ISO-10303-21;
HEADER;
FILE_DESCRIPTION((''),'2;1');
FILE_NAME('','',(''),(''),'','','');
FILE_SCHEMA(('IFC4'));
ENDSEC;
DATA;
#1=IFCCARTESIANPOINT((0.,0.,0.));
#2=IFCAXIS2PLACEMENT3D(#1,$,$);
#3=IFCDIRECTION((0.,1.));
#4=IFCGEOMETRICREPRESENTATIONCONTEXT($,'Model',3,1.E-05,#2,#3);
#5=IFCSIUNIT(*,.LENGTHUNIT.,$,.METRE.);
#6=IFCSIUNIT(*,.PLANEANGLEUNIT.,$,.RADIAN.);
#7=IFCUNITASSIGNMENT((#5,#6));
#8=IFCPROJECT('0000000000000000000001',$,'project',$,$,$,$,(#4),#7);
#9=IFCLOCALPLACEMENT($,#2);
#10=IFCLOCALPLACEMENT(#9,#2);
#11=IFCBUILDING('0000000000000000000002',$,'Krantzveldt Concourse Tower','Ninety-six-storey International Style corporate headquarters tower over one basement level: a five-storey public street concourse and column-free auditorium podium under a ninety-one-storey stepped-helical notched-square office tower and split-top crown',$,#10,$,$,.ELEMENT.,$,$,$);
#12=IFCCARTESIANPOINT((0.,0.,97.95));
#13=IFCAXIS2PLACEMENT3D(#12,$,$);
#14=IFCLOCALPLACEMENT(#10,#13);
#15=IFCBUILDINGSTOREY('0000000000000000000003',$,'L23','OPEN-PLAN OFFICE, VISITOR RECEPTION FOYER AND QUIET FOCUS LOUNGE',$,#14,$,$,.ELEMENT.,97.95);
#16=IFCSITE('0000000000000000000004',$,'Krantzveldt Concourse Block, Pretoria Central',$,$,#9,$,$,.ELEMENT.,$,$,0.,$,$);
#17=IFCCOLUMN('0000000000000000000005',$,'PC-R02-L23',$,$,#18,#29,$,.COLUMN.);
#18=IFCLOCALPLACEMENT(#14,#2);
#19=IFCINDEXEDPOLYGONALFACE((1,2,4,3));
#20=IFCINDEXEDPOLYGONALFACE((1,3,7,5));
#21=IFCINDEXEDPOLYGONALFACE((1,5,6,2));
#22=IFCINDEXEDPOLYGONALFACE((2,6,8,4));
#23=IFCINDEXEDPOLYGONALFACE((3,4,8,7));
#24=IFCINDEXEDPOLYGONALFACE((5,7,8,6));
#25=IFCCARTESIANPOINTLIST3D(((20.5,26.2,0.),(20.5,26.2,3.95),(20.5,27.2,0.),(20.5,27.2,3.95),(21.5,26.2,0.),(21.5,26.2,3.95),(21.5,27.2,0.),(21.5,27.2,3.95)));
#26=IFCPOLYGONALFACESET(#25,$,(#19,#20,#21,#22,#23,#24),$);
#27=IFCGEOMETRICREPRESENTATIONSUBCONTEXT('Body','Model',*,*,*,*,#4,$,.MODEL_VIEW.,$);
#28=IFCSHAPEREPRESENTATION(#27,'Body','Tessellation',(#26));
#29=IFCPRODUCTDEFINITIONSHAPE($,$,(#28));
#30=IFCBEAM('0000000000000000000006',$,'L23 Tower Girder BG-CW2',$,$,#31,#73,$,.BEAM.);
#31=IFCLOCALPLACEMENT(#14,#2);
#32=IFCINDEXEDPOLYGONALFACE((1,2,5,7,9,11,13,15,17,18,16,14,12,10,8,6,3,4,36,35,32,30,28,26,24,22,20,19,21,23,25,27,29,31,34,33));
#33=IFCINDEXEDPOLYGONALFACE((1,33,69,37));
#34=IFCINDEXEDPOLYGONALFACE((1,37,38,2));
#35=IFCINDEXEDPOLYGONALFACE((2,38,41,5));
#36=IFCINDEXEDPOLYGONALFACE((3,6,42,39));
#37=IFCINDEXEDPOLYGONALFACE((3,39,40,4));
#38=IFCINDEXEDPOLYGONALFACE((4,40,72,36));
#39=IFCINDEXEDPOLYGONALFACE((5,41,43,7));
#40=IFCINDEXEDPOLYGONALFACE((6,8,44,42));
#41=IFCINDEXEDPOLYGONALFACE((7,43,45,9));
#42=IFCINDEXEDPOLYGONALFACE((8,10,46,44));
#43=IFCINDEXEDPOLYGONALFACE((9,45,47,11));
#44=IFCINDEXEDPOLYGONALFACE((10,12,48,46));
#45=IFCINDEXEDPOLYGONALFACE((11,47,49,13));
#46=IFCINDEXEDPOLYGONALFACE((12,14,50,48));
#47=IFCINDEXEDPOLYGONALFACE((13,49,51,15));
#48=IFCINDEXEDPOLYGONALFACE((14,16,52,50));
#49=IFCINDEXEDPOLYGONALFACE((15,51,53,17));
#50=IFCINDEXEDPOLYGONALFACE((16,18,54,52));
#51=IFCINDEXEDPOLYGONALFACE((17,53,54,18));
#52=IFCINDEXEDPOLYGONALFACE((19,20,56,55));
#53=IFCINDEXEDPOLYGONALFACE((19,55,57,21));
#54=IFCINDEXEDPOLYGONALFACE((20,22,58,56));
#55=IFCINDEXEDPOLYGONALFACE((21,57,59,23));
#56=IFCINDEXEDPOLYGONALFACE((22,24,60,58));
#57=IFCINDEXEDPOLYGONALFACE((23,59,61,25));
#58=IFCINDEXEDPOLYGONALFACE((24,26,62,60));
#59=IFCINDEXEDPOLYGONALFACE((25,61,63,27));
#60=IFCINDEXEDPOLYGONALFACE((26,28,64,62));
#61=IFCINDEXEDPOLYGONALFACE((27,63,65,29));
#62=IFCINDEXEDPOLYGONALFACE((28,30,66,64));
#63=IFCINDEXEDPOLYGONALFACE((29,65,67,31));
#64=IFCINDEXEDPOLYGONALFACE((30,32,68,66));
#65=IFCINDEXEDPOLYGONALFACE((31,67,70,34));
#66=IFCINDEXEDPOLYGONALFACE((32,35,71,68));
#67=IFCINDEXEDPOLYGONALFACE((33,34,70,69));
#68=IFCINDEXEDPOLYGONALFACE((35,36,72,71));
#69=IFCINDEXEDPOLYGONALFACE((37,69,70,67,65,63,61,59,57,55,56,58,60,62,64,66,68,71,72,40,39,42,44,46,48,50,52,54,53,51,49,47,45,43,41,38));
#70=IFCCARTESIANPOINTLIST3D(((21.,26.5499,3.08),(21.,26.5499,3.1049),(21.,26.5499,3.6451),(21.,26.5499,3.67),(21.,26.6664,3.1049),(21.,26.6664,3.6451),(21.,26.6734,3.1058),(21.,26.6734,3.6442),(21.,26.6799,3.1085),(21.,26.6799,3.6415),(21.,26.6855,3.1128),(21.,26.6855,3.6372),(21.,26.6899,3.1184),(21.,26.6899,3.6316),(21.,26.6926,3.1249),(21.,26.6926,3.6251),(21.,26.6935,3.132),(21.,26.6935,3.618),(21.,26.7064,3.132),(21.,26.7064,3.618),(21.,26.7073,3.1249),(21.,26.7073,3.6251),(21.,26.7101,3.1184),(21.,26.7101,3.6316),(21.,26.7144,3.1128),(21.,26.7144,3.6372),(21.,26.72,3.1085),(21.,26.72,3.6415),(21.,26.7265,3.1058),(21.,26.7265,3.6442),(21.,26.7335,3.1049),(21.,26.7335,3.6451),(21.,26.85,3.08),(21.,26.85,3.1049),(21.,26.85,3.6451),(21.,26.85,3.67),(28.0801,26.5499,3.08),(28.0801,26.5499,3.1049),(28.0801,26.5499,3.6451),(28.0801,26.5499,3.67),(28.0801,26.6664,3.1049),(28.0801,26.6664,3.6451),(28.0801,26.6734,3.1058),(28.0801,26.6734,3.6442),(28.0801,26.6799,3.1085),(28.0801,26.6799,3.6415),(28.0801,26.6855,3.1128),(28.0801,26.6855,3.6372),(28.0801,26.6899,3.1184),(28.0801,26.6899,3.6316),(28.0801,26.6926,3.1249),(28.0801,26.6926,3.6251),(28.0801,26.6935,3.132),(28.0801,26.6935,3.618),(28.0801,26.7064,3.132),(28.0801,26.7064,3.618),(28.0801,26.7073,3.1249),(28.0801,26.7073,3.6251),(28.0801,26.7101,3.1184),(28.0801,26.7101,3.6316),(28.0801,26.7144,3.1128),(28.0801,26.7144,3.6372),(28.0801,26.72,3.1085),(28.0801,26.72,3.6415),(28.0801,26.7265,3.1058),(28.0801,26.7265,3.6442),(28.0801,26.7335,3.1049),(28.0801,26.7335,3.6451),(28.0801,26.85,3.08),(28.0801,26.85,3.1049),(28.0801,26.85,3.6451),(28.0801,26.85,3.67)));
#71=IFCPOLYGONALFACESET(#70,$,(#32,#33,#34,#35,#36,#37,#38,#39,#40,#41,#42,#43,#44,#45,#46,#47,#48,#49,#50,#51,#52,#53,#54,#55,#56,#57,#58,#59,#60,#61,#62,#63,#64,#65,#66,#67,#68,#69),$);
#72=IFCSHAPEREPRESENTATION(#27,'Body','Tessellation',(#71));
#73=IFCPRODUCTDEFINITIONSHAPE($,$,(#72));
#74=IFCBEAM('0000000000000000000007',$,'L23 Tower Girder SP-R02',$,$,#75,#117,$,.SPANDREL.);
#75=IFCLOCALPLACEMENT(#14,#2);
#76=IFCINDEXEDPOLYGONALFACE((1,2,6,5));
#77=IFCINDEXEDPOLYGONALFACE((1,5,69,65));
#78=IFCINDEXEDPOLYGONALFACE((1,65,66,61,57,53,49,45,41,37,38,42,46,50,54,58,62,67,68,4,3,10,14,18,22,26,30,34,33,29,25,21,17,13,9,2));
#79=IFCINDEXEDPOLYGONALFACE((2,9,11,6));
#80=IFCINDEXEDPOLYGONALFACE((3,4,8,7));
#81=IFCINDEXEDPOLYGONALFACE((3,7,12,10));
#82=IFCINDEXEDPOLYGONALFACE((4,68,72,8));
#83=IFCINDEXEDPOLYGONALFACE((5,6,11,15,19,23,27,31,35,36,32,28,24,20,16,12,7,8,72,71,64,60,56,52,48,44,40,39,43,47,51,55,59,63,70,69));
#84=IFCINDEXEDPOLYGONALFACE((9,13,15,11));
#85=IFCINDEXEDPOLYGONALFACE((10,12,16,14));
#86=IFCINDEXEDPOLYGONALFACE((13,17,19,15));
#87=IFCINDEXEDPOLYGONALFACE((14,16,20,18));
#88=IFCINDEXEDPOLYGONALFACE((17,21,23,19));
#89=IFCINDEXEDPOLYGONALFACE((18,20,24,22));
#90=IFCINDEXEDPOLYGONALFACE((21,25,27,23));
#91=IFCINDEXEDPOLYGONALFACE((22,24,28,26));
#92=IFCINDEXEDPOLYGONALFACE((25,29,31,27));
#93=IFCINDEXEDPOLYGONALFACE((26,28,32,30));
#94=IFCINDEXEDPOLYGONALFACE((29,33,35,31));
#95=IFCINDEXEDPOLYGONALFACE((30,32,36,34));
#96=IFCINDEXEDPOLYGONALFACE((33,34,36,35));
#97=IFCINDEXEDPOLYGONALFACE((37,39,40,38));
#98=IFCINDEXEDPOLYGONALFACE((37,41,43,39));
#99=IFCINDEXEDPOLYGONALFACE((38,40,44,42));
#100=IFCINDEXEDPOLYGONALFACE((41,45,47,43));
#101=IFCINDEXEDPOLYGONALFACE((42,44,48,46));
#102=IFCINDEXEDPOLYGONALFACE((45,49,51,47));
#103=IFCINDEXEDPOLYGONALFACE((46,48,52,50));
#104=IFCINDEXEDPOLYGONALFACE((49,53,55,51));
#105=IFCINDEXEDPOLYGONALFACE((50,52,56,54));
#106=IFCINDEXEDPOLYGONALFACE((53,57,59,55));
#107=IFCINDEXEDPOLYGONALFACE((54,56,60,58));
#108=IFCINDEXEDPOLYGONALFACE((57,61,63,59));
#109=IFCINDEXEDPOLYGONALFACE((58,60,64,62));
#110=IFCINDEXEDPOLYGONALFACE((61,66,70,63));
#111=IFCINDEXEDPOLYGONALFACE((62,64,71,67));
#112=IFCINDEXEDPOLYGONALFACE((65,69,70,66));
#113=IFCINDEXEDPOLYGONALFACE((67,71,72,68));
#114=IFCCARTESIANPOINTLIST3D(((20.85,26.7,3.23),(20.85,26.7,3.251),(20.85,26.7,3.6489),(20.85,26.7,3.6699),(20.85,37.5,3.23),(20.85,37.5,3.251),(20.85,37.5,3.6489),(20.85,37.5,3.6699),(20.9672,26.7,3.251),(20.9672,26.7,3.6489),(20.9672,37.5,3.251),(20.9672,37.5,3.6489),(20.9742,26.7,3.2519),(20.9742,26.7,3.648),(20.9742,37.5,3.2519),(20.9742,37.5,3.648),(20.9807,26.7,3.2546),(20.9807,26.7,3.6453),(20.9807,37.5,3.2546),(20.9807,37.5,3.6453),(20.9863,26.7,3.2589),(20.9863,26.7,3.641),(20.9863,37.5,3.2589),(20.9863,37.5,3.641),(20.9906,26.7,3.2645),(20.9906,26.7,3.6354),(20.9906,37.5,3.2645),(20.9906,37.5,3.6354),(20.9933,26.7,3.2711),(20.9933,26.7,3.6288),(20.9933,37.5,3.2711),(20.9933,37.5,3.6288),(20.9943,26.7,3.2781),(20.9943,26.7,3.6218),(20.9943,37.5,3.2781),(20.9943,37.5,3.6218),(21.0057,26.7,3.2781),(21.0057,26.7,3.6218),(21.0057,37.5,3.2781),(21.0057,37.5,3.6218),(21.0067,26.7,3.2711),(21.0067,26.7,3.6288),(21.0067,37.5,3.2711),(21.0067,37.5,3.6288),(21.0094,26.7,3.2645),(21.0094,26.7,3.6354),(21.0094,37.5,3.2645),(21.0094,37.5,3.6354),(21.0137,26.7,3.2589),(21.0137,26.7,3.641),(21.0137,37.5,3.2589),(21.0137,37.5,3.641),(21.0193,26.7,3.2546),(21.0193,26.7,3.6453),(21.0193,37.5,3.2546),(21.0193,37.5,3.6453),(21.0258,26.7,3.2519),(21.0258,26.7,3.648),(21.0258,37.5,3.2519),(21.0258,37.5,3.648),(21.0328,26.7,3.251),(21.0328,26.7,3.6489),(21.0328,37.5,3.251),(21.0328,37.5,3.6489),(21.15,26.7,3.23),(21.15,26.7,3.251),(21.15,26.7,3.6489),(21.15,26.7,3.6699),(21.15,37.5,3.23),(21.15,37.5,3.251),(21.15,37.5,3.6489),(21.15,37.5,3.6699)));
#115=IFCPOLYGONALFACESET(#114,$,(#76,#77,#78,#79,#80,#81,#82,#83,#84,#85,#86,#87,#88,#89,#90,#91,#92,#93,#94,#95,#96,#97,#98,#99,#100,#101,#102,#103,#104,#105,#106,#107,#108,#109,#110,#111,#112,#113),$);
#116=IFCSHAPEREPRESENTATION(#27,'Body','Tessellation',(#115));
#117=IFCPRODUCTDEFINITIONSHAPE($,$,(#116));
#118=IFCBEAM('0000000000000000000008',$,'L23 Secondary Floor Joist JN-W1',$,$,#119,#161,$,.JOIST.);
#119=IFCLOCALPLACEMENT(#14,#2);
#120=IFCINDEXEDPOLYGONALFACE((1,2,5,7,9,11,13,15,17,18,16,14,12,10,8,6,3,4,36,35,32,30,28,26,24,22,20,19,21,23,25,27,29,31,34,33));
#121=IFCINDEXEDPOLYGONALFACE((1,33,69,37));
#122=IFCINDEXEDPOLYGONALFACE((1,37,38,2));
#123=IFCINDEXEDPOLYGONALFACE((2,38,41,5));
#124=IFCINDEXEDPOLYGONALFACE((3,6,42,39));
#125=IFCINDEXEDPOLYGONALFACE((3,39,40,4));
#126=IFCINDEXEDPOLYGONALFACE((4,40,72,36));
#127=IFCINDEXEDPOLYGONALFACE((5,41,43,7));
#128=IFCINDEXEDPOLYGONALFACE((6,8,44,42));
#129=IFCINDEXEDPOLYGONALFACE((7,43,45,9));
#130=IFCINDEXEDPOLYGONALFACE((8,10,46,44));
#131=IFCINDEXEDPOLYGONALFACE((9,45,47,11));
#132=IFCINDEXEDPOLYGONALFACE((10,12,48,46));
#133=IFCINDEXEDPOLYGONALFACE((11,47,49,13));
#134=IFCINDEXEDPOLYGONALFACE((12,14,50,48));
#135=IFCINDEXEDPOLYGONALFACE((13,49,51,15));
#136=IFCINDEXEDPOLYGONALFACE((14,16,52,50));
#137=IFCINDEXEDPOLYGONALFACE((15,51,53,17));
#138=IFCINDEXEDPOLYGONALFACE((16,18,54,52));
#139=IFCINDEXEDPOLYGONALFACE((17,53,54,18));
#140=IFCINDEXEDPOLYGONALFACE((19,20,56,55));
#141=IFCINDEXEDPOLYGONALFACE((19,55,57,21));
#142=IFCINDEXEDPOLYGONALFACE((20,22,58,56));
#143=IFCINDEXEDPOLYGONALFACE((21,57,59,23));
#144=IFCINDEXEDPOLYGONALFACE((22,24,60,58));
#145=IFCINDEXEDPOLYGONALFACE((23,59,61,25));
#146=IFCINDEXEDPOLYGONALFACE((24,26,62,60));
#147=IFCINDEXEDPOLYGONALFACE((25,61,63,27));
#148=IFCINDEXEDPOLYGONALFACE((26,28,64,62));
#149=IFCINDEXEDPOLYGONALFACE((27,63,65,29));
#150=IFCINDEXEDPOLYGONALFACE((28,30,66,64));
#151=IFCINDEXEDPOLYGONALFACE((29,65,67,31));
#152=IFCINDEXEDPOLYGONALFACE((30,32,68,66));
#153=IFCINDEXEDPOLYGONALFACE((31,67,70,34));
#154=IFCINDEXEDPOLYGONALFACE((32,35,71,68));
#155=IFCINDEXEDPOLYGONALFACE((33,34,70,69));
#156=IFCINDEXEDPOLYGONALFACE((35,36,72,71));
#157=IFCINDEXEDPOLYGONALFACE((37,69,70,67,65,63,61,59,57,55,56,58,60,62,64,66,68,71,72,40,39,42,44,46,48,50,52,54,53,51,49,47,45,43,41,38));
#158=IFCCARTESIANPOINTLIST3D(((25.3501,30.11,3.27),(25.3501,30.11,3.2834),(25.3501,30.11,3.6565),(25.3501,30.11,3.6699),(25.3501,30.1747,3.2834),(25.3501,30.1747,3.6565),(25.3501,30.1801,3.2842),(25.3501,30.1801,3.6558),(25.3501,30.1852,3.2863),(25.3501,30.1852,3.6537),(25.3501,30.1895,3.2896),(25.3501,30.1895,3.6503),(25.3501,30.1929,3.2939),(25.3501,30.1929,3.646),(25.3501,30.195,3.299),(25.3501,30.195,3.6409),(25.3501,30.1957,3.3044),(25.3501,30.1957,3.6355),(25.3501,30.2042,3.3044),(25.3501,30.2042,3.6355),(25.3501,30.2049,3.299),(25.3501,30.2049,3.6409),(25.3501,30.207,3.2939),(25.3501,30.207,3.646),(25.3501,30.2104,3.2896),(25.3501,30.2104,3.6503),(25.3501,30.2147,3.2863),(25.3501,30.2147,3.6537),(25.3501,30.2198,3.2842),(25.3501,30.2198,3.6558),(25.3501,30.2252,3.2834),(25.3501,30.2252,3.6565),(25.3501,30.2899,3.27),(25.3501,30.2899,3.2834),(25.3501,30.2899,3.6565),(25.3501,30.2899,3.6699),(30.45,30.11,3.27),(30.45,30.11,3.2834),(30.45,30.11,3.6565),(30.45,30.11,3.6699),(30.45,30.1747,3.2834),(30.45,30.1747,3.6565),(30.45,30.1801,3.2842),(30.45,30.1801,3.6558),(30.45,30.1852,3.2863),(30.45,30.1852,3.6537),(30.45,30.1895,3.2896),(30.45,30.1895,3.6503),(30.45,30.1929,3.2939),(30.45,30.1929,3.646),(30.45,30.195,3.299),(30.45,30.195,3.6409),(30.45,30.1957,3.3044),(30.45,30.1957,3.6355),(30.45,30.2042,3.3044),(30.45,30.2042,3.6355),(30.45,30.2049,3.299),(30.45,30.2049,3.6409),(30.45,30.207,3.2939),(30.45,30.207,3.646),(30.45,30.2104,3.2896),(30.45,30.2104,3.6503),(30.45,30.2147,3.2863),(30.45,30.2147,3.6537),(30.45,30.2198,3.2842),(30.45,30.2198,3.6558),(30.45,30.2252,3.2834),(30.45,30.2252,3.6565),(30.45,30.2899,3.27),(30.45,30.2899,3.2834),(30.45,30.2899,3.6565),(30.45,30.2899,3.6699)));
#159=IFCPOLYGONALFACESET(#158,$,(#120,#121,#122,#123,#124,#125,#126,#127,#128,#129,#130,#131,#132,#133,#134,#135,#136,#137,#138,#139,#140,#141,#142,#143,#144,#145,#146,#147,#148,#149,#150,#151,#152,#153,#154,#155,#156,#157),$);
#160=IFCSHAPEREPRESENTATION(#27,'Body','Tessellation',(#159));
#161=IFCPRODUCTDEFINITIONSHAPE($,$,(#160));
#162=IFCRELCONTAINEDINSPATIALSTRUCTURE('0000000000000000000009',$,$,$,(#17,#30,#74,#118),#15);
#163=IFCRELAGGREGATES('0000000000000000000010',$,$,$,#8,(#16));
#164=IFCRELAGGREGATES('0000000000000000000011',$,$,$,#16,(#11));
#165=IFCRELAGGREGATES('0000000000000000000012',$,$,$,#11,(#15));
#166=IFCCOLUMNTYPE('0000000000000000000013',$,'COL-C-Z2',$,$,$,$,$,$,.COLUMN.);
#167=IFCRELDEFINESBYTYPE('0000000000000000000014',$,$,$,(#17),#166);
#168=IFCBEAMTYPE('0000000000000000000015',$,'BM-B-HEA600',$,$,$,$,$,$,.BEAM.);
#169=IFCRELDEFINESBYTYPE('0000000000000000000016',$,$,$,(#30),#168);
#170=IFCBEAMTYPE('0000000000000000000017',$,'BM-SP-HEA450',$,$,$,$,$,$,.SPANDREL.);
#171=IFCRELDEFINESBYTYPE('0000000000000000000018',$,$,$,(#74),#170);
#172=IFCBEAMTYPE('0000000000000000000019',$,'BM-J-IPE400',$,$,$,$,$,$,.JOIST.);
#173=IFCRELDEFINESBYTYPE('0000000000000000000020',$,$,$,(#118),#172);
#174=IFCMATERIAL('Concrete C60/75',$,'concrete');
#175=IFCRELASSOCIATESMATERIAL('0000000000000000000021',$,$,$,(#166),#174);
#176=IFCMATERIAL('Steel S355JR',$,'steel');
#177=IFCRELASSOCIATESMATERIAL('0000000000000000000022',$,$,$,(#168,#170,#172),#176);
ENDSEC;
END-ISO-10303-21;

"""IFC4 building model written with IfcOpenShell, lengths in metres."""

from ifc_helpers import new_model, si_unit, direction, frame, origin, origin_2d, place, context, subcontext, project, spatial, rectangle, i_section, extrude, source, transform, mapped, material, material_profile, profile_set, type_object, type_shapes, element, save


model = new_model("IFC4")

# Units and contexts
model_context = context("Model", 3, precision=1e-05, world=origin(), true_north=direction((0.0, 1.0)))
body_context = subcontext(model_context, "Body", "Model", "MODEL_VIEW")
ifc_project = project(units=[si_unit("LENGTHUNIT", "METRE"), si_unit("PLANEANGLEUNIT", "RADIAN")], contexts=[model_context])

# Site, building, storey
site_placement = place(None, origin())
site = spatial("IfcSite", under=ifc_project, at=site_placement, Name="Krantzveldt Concourse Block, Pretoria Central", CompositionType="ELEMENT", RefElevation=0.0)
building_placement = place(site_placement, origin())
building = spatial("IfcBuilding", under=site, at=building_placement, Name="Krantzveldt Concourse Tower", Description="Ninety-six-storey International Style corporate headquarters tower over one basement level: a five-storey public street concourse and column-free auditorium podium under a ninety-one-storey stepped-helical notched-square office tower and split-top crown", CompositionType="ELEMENT")
storey_placement = place(building_placement, frame((0.0, 0.0, 97.95)))
storey = spatial("IfcBuildingStorey", under=building, at=storey_placement, Name="L23", Description="OPEN-PLAN OFFICE, VISITOR RECEPTION FOYER AND QUIET FOCUS LOUNGE", CompositionType="ELEMENT", Elevation=97.95)

# Column
ifc_material_1 = material(Name="Concrete C60/75", Category="concrete")
ifc_material_profile_1 = material_profile(ifc_material_1, rectangle(XDim=1.0, YDim=1.0, at=origin_2d()), Name="Concrete C60/75", Category="concrete")
ifc_profile_set_1 = profile_set([ifc_material_profile_1], Name="Concrete C60/75 - RC 1000x1000")
column_type = type_object("IfcColumnType", Name="COL-C-Z2", PredefinedType="COLUMN", material=ifc_profile_set_1)
shared_shape_1 = source(origin(), body_context, "Body", "SweptSolid", [
    extrude(rectangle(XDim=1.0, YDim=1.0, at=origin_2d()), origin(), (0.0, 0.0, 1.0), 3.95),
])
type_shapes(column_type, [shared_shape_1])
column_placement = place(storey_placement, frame((21.0, 26.7, 0.0), z_axis=(0.0, 0.0, 1.0), x_axis=(1.0, 0.0, 0.0)))
element("IfcColumn", 1, at=column_placement, inside=storey, type_object=column_type, Name="PC-R02-L23", PredefinedType="COLUMN", context=body_context, shape_type="MappedRepresentation", body=[
    mapped(shared_shape_1, transform((0.0, 0.0, 0.0), x_axis=(1.0, 0.0, 0.0), y_axis=(0.0, 1.0, 0.0), z_axis=(0.0, 0.0, 1.0), scale=1.0)),
])

# Beams
ifc_material_2 = material(Name="Steel S355JR", Category="steel")
ifc_material_profile_2 = material_profile(ifc_material_2, i_section(OverallWidth=0.3, OverallDepth=0.5901, WebThickness=0.0129, FlangeThickness=0.0249, FilletRadius=0.0271, at=origin_2d()), Name="Steel S355JR", Category="steel")
ifc_profile_set_2 = profile_set([ifc_material_profile_2], Name="Steel S355JR - HEA 600")
beam_type_1 = type_object("IfcBeamType", Name="BM-B-HEA600", PredefinedType="BEAM", material=ifc_profile_set_2)
shared_shape_2 = source(origin(), body_context, "Body", "SweptSolid", [
    extrude(i_section(OverallWidth=0.3, OverallDepth=0.5901, WebThickness=0.0129, FlangeThickness=0.0249, FilletRadius=0.0271, at=origin_2d()), origin(), (0.0, 0.0, 1.0), 7.0801),
])
type_shapes(beam_type_1, [shared_shape_2])
beam_1_placement = place(storey_placement, frame((21.0, 26.7, 3.375), z_axis=(1.0, 0.0, 0.0), x_axis=(0.0, 1.0, 0.0)))
element("IfcBeam", 2, at=beam_1_placement, inside=storey, type_object=beam_type_1, Name="L23 Tower Girder BG-CW2", PredefinedType="BEAM", context=body_context, shape_type="MappedRepresentation", body=[
    mapped(shared_shape_2, transform((0.0, 0.0, 0.0), x_axis=(1.0, 0.0, 0.0), y_axis=(0.0, 1.0, 0.0), z_axis=(0.0, 0.0, 1.0), scale=1.0)),
])
ifc_material_profile_3 = material_profile(ifc_material_2, i_section(OverallWidth=0.3, OverallDepth=0.4399, WebThickness=0.0115, FlangeThickness=0.021, FilletRadius=0.0271, at=origin_2d()), Name="Steel S355JR", Category="steel")
ifc_profile_set_3 = profile_set([ifc_material_profile_3], Name="Steel S355JR - HEA 450")
beam_type_2 = type_object("IfcBeamType", Name="BM-SP-HEA450", PredefinedType="SPANDREL", material=ifc_profile_set_3)
shared_shape_3 = source(origin(), body_context, "Body", "SweptSolid", [
    extrude(i_section(OverallWidth=0.3, OverallDepth=0.4399, WebThickness=0.0115, FlangeThickness=0.021, FilletRadius=0.0271, at=origin_2d()), origin(), (0.0, 0.0, 1.0), 10.8),
])
type_shapes(beam_type_2, [shared_shape_3])
beam_2_placement = place(storey_placement, frame((21.0, 26.7, 3.45), z_axis=(0.0, 1.0, 0.0), x_axis=(-1.0, 0.0, 0.0)))
element("IfcBeam", 3, at=beam_2_placement, inside=storey, type_object=beam_type_2, Name="L23 Tower Girder SP-R02", PredefinedType="SPANDREL", context=body_context, shape_type="MappedRepresentation", body=[
    mapped(shared_shape_3, transform((0.0, 0.0, 0.0), x_axis=(1.0, 0.0, 0.0), y_axis=(0.0, 1.0, 0.0), z_axis=(0.0, 0.0, 1.0), scale=1.0)),
])
ifc_material_profile_4 = material_profile(ifc_material_2, i_section(OverallWidth=0.1799, OverallDepth=0.3999, WebThickness=0.0085, FlangeThickness=0.0134, FilletRadius=0.021, at=origin_2d()), Name="Steel S355JR", Category="steel")
ifc_profile_set_4 = profile_set([ifc_material_profile_4], Name="Steel S355JR - IPE 400")
beam_type_3 = type_object("IfcBeamType", Name="BM-J-IPE400", PredefinedType="JOIST", material=ifc_profile_set_4)
shared_shape_4 = source(origin(), body_context, "Body", "SweptSolid", [
    extrude(i_section(OverallWidth=0.1799, OverallDepth=0.3999, WebThickness=0.0085, FlangeThickness=0.0134, FilletRadius=0.021, at=origin_2d()), origin(), (0.0, 0.0, 1.0), 5.0999),
])
type_shapes(beam_type_3, [shared_shape_4])
beam_3_placement = place(storey_placement, frame((25.3501, 30.2, 3.47), z_axis=(1.0, 0.0, 0.0), x_axis=(0.0, 1.0, 0.0)))
element("IfcBeam", 4, at=beam_3_placement, inside=storey, type_object=beam_type_3, Name="L23 Secondary Floor Joist JN-W1", PredefinedType="JOIST", context=body_context, shape_type="MappedRepresentation", body=[
    mapped(shared_shape_4, transform((0.0, 0.0, 0.0), x_axis=(1.0, 0.0, 0.0), y_axis=(0.0, 1.0, 0.0), z_axis=(0.0, 0.0, 1.0), scale=1.0)),
])

save(model, "model.ifc")
